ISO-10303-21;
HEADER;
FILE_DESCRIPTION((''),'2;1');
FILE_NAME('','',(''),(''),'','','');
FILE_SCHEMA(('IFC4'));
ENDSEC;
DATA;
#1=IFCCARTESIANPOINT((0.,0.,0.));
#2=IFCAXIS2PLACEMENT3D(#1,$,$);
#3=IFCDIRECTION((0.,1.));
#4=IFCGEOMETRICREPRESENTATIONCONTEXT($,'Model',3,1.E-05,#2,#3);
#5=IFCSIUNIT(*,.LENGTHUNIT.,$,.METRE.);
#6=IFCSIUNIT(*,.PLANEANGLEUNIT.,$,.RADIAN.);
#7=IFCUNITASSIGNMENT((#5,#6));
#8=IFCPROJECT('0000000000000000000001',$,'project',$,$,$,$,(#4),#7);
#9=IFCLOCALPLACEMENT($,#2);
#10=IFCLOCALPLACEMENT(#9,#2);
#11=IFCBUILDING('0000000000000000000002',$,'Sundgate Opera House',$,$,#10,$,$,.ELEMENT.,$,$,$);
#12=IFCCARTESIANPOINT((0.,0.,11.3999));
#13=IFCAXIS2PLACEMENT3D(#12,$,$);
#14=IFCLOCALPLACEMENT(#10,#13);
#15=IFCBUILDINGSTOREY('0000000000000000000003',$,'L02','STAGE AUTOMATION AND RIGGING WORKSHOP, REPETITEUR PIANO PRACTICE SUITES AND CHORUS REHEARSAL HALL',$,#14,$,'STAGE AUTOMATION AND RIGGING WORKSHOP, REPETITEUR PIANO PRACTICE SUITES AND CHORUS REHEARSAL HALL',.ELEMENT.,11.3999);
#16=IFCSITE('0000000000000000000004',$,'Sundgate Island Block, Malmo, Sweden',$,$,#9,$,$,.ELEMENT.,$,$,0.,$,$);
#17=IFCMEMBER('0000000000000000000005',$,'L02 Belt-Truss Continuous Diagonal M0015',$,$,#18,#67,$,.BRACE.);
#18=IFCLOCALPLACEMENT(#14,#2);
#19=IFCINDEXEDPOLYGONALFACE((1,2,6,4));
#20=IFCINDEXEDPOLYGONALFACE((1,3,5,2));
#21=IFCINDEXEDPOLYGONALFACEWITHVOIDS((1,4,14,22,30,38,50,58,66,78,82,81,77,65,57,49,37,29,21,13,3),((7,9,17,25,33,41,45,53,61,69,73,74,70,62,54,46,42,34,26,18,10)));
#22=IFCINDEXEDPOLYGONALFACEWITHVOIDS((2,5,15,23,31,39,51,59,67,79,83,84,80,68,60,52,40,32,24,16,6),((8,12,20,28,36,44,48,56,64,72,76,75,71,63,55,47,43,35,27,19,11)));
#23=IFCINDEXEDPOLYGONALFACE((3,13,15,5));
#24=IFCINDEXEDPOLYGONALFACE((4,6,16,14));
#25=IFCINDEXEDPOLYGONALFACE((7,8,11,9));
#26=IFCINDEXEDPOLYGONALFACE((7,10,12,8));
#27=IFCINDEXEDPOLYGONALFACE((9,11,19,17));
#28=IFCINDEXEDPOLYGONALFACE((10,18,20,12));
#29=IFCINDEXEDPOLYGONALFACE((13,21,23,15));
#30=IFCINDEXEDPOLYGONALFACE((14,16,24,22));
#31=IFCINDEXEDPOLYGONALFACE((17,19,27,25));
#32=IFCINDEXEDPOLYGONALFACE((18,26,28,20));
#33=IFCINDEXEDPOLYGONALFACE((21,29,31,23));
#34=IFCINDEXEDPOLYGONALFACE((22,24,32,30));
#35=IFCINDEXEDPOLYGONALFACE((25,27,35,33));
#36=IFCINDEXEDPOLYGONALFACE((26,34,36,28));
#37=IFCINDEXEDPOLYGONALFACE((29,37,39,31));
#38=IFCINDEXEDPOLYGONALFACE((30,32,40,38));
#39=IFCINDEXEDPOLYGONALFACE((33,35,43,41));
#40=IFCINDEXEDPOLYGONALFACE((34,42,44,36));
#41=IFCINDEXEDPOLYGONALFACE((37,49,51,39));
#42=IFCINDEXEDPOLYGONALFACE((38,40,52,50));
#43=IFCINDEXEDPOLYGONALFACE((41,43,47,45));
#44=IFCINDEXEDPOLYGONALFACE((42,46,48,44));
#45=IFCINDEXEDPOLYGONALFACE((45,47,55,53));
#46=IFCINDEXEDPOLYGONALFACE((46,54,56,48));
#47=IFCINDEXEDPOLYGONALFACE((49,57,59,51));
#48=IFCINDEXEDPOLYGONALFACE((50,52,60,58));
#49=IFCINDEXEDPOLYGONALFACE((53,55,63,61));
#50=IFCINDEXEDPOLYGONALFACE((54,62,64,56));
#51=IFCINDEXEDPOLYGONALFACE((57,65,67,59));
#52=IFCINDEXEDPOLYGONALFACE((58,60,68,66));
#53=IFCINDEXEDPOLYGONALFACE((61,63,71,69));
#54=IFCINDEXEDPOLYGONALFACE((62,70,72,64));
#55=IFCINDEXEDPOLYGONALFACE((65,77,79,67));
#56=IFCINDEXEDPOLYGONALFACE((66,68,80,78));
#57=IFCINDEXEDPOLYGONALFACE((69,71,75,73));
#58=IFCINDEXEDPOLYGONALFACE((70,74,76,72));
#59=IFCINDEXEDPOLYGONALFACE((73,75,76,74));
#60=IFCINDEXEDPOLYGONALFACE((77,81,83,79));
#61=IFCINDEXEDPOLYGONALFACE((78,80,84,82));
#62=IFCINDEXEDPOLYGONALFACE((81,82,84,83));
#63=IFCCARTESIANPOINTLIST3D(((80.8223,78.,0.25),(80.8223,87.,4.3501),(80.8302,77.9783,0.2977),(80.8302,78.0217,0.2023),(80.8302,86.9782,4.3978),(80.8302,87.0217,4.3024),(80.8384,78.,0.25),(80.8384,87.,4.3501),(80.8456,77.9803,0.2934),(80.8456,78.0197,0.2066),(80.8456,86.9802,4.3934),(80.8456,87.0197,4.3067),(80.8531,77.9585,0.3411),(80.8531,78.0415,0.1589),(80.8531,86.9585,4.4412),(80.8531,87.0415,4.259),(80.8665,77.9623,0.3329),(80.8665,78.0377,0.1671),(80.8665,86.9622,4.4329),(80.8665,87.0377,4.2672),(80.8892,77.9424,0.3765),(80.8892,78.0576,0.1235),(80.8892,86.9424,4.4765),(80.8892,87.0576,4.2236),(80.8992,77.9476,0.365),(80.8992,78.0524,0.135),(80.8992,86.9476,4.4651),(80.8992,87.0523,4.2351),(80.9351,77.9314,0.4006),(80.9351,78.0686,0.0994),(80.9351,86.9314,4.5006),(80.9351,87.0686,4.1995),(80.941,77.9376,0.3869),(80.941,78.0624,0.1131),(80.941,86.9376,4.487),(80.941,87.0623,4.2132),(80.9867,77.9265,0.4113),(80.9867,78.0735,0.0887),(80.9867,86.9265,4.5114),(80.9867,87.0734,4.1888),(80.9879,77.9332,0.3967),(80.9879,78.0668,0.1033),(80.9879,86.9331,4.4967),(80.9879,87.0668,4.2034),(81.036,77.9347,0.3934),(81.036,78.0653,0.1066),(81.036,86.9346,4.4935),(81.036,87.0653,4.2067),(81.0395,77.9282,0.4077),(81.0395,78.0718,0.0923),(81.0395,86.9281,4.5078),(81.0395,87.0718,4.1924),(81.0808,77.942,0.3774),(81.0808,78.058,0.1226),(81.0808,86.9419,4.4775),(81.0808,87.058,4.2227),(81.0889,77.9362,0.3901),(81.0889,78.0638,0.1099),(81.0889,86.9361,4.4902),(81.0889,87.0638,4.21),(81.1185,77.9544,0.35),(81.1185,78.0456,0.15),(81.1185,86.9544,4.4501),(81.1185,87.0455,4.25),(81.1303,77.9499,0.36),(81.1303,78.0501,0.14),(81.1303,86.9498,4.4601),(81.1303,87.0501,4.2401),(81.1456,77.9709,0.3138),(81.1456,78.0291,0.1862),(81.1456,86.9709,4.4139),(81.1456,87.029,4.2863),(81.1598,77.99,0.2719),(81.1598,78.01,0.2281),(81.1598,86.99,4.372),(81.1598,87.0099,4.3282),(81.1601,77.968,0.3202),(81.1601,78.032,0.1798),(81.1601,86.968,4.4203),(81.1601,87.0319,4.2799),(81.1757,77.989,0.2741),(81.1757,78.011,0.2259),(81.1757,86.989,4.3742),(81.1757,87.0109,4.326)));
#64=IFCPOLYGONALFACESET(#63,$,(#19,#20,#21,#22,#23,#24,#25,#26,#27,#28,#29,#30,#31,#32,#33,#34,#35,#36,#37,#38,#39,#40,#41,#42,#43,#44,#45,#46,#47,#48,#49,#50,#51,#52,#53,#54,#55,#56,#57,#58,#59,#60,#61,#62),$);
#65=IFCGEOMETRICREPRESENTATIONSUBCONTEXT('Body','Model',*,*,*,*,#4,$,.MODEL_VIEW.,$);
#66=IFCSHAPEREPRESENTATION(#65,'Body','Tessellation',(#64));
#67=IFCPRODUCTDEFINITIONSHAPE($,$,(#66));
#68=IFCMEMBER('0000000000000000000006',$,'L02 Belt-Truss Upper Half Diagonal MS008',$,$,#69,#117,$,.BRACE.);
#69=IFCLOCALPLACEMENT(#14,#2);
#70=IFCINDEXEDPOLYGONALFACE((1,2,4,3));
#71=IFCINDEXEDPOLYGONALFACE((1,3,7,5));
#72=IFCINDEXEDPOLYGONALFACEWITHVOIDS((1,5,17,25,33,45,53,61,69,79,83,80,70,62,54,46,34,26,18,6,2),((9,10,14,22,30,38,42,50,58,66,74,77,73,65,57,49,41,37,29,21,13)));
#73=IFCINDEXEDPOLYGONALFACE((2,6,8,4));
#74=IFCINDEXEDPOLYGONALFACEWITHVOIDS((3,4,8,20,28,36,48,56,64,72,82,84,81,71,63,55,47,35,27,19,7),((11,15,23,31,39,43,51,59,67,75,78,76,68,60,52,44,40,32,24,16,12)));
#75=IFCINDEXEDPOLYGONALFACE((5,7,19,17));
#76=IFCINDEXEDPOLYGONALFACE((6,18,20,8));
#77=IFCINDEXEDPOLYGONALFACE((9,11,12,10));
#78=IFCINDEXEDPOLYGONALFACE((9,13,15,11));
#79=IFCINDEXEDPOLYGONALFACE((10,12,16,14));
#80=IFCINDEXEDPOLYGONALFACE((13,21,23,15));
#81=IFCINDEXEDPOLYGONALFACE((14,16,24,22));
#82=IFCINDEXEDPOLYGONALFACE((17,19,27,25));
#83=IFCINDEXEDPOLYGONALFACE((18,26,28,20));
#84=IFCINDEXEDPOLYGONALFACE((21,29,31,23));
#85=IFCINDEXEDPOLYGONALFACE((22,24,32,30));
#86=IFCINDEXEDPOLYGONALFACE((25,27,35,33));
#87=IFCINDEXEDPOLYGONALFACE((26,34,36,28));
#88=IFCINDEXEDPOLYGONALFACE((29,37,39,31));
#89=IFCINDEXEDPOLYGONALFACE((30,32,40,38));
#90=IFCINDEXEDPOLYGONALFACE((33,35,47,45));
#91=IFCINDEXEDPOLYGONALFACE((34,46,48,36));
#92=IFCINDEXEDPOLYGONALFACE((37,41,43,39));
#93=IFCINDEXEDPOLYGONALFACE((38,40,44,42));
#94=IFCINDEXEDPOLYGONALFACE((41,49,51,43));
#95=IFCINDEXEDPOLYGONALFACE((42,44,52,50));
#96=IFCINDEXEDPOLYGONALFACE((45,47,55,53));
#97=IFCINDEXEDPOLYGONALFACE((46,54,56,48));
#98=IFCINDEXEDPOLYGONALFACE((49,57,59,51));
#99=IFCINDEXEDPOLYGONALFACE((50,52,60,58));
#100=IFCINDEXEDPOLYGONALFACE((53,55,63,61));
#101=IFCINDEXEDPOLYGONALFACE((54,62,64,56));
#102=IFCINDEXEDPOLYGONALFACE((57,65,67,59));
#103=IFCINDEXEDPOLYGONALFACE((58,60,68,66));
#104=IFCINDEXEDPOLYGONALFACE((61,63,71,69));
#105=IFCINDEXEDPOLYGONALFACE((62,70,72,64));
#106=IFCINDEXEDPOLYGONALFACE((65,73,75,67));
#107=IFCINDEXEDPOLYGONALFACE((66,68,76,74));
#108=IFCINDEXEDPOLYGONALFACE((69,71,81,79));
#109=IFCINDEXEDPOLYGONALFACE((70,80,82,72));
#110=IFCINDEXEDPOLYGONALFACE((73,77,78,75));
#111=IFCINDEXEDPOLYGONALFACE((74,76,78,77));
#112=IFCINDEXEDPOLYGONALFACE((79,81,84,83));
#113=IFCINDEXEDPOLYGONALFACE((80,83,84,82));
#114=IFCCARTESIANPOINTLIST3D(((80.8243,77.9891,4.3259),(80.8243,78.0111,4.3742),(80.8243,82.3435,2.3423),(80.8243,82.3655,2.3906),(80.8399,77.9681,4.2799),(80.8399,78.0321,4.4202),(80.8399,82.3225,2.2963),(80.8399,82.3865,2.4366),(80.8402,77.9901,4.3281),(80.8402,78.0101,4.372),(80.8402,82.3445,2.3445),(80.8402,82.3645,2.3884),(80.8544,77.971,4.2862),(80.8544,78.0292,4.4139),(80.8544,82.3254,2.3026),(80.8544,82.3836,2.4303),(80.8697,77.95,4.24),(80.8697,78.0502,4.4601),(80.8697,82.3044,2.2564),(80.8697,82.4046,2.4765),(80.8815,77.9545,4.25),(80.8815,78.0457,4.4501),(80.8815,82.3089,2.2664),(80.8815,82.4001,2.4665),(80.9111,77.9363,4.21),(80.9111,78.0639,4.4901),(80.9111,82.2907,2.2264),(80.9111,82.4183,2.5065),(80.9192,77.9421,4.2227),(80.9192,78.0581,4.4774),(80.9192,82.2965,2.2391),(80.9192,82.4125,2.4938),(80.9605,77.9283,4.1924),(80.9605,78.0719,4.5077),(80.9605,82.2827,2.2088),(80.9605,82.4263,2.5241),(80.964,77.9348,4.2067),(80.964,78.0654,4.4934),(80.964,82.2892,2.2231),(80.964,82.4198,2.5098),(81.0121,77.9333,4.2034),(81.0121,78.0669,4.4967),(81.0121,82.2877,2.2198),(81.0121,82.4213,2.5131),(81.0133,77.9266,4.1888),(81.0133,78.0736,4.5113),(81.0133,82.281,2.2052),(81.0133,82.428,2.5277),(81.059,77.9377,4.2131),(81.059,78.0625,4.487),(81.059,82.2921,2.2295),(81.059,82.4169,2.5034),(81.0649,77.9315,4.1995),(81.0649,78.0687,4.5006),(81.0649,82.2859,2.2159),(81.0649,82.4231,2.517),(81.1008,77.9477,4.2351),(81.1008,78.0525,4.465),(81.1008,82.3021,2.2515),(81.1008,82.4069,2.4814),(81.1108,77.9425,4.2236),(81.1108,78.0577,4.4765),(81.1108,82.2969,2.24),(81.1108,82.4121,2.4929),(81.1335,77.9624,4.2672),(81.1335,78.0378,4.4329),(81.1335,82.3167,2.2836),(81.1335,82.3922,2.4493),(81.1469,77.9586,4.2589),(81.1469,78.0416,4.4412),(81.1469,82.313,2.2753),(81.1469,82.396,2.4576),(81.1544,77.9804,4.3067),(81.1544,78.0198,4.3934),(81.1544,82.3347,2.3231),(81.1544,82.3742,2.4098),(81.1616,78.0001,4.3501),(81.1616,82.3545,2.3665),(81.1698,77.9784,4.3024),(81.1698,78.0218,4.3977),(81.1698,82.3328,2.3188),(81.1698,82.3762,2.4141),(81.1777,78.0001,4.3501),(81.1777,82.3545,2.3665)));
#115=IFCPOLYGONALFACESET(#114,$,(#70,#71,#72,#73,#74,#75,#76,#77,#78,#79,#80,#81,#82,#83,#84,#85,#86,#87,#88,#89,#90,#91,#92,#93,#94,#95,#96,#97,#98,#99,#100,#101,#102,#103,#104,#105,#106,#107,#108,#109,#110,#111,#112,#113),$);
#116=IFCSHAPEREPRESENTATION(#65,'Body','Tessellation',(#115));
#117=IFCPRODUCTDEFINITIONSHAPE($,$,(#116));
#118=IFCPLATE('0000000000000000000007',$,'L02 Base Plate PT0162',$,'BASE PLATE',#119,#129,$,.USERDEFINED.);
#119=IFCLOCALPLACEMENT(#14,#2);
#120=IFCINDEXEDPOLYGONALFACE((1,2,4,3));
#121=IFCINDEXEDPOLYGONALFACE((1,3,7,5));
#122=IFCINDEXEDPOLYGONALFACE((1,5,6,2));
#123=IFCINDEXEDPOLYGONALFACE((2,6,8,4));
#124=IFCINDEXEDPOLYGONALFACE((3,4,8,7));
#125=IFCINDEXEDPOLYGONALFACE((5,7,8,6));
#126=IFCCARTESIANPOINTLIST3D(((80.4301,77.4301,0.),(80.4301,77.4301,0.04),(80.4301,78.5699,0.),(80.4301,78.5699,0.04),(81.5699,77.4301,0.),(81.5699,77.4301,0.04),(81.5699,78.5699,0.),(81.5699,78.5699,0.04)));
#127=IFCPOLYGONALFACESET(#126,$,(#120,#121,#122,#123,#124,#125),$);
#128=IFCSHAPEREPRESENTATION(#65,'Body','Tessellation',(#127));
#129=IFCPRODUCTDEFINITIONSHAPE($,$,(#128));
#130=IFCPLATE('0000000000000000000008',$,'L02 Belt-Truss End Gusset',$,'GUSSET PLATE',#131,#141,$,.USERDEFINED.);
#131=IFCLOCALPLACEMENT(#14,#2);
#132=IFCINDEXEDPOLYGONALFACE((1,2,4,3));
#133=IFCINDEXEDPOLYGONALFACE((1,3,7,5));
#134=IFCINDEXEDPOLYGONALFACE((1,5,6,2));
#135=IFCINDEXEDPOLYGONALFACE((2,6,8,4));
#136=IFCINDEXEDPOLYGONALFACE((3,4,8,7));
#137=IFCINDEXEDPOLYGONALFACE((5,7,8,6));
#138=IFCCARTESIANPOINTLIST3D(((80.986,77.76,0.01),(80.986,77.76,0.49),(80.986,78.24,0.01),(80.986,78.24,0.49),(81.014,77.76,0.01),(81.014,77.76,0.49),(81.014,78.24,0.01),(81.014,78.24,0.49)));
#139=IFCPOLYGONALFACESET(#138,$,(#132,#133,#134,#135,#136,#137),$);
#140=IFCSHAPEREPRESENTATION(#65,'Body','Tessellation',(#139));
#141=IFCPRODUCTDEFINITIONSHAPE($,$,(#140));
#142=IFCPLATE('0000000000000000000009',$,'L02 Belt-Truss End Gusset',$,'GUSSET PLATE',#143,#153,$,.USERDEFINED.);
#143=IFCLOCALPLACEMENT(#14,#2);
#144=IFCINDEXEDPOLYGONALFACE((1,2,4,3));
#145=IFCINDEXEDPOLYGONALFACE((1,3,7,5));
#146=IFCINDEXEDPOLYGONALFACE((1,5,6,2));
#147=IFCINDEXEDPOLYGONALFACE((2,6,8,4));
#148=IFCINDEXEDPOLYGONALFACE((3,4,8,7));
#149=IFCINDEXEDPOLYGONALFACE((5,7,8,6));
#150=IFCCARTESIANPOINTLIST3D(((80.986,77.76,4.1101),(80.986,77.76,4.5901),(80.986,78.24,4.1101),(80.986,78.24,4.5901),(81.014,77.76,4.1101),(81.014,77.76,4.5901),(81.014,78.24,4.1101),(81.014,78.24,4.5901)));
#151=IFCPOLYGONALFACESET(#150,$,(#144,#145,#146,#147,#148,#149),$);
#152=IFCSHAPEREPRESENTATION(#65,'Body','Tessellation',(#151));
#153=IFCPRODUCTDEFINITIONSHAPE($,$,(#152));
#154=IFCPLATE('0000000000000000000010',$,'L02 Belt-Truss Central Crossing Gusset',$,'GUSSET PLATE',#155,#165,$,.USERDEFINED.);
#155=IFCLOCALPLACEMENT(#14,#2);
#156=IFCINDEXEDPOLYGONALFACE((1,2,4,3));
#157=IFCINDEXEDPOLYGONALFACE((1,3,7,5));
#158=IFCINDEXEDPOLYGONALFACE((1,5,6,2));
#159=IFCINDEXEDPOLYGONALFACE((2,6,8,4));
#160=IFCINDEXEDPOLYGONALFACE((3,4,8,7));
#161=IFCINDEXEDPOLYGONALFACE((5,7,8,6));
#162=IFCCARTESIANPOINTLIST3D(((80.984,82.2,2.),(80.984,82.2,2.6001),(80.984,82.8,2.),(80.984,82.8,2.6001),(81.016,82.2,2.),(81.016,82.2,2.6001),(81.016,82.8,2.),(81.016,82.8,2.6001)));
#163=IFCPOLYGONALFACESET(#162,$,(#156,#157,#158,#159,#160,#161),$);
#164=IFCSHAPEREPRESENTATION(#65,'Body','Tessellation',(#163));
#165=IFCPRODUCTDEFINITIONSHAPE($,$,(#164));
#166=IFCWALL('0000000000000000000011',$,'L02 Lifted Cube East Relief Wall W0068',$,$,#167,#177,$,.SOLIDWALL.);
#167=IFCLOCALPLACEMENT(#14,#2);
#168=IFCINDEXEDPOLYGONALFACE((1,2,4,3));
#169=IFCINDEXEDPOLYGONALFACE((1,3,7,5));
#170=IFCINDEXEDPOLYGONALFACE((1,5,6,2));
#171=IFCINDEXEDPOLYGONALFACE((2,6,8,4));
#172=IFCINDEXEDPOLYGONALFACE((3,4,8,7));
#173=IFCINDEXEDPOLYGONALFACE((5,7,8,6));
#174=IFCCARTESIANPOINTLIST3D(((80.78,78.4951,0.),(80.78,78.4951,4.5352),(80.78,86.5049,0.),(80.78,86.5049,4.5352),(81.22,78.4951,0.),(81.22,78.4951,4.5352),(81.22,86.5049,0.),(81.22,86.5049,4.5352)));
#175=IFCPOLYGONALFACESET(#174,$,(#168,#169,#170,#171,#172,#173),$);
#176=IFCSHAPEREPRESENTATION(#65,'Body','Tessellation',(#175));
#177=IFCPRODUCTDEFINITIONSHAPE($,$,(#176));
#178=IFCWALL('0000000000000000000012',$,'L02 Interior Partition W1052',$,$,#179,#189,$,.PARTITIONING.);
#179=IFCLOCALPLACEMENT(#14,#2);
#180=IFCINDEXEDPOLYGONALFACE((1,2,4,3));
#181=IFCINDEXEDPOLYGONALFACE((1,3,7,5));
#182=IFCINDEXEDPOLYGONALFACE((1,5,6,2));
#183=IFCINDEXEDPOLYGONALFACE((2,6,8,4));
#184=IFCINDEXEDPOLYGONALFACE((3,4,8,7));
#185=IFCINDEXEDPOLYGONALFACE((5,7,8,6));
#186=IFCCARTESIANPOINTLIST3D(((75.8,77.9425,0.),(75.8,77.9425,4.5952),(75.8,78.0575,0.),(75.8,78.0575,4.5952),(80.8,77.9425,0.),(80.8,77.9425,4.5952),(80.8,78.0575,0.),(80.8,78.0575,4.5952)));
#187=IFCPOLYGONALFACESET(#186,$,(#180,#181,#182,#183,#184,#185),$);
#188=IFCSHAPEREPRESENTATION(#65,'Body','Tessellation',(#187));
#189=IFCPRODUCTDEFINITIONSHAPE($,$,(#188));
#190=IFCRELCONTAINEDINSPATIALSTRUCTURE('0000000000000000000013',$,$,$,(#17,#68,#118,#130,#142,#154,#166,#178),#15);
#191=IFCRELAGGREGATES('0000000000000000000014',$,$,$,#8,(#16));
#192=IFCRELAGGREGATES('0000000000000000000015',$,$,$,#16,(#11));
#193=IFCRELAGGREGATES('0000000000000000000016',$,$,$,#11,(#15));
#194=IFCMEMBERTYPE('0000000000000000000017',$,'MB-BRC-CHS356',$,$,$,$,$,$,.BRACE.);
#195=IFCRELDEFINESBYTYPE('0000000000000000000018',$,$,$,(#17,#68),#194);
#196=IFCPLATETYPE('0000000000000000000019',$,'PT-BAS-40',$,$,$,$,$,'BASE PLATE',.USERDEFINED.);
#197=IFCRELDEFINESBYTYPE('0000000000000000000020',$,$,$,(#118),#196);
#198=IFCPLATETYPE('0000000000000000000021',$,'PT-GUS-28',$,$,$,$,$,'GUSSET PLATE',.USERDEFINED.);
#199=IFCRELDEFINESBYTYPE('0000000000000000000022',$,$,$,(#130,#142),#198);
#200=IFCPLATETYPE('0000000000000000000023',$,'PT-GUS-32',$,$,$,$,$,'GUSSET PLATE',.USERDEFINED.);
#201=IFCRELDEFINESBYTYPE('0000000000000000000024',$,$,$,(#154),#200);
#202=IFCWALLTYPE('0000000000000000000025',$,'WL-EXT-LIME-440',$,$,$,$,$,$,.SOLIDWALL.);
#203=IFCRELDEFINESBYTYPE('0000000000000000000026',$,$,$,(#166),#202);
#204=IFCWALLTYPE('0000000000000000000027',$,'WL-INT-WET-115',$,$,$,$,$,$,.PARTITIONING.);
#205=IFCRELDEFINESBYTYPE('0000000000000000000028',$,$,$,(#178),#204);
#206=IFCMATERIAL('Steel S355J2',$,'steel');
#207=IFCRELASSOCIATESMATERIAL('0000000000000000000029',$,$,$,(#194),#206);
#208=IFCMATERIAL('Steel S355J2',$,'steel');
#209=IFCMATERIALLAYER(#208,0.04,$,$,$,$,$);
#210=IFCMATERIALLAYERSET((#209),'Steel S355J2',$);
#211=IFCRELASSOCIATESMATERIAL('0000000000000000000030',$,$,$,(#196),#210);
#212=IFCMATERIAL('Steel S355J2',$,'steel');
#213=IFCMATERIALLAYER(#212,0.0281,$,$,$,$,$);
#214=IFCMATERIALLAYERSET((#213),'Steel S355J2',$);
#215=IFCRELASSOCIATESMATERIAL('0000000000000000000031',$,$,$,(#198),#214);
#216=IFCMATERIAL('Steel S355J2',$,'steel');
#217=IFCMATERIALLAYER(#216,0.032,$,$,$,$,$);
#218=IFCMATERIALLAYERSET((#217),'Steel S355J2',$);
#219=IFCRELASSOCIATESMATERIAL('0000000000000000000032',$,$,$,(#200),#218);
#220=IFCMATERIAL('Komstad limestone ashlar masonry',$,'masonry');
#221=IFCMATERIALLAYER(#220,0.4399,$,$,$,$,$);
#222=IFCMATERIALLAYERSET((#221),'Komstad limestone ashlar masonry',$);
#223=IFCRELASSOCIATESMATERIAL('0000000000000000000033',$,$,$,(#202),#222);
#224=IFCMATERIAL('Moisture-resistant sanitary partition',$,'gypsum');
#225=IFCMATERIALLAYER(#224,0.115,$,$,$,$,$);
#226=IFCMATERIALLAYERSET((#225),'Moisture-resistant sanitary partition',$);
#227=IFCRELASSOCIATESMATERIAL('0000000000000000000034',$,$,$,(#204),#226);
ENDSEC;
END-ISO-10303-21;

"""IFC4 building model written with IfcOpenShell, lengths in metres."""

from ifc_helpers import new_model, si_unit, direction, frame, frame_2d, origin, origin_2d, place, context, subcontext, project, spatial, rectangle, hollow_circle, extrude, material, layer, layer_set, material_profile, profile_set, type_object, element, save


model = new_model("IFC4")

# Units and contexts
model_context = context("Model", 3, precision=1e-05, world=origin(), true_north=direction((0.0, 1.0)))
body_context = subcontext(model_context, "Body", "Model", "MODEL_VIEW")
ifc_project = project(units=[si_unit("LENGTHUNIT", "METRE"), si_unit("PLANEANGLEUNIT", "RADIAN")], contexts=[model_context])

# Site, building, storey
site_placement = place(None, origin())
site = spatial("IfcSite", under=ifc_project, at=site_placement, Name="Sundgate Island Block, Malmo, Sweden", CompositionType="ELEMENT", RefElevation=0.0)
building_placement = place(site_placement, origin())
building = spatial("IfcBuilding", under=site, at=building_placement, Name="Sundgate Opera House", CompositionType="ELEMENT")
storey_placement = place(building_placement, frame((0.0, 0.0, 11.3999)))
storey = spatial("IfcBuildingStorey", under=building, at=storey_placement, Name="L02", Description="STAGE AUTOMATION AND RIGGING WORKSHOP, REPETITEUR PIANO PRACTICE SUITES AND CHORUS REHEARSAL HALL", LongName="STAGE AUTOMATION AND RIGGING WORKSHOP, REPETITEUR PIANO PRACTICE SUITES AND CHORUS REHEARSAL HALL", CompositionType="ELEMENT", Elevation=11.3999)

# Members
ifc_material_1 = material(Name="Steel S355J2", Category="steel")
ifc_material_profile_1 = material_profile(ifc_material_1, hollow_circle(Radius=0.1777, WallThickness=0.0161, at=origin_2d()), Name="CHS 355.6x16.0")
ifc_profile_set_1 = profile_set([ifc_material_profile_1], Name="Steel S355J2")
member_type_1 = type_object("IfcMemberType", Name="MB-BRC-CHS356", PredefinedType="BRACE", material=ifc_profile_set_1)
member_1_placement = place(storey_placement, frame((81.0, 78.0, 0.25), z_axis=(0.0, 0.910016, 0.414573), x_axis=(-1.0, 0.0, 0.0)))
element("IfcMember", 1, at=member_1_placement, inside=storey, type_object=member_type_1, Name="L02 Belt-Truss Continuous Diagonal M0015", PredefinedType="BRACE", context=body_context, shape_type="SweptSolid", body=[
    extrude(hollow_circle(Radius=0.1777, WallThickness=0.0161, at=origin_2d()), origin(), (0.0, 0.0, 1.0), 9.8899),
])
member_2_placement = place(storey_placement, frame((81.0, 82.3545, 2.3665), z_axis=(0.0, -0.910025, 0.414552), x_axis=(1.0, 0.0, 0.0)))
element("IfcMember", 2, at=member_2_placement, inside=storey, type_object=member_type_1, Name="L02 Belt-Truss Upper Half Diagonal MS008", PredefinedType="BRACE", context=body_context, shape_type="SweptSolid", body=[
    extrude(hollow_circle(Radius=0.1777, WallThickness=0.0161, at=origin_2d()), origin(), (0.0, 0.0, 1.0), 4.7849),
])

# Plates
ifc_material_2 = material(Name="Steel S355J2", Category="steel")
ifc_layer_1 = layer(ifc_material_2, 0.04)
ifc_layer_set_1 = layer_set([ifc_layer_1], Name="Steel S355J2")
plate_type_1 = type_object("IfcPlateType", Name="PT-BAS-40", ElementType="BASE PLATE", PredefinedType="USERDEFINED", material=ifc_layer_set_1)
plate_1_placement = place(storey_placement, frame((81.0, 78.0, 0.0), z_axis=(0.0, 0.0, 1.0), x_axis=(1.0, 0.0, 0.0)))
element("IfcPlate", 3, at=plate_1_placement, inside=storey, type_object=plate_type_1, Name="L02 Base Plate PT0162", ObjectType="BASE PLATE", PredefinedType="USERDEFINED", context=body_context, shape_type="SweptSolid", body=[
    extrude(rectangle(XDim=1.1399, YDim=1.1399, at=origin_2d()), origin(), (0.0, 0.0, 1.0), 0.04),
])
ifc_material_3 = material(Name="Steel S355J2", Category="steel")
ifc_layer_2 = layer(ifc_material_3, 0.0281)
ifc_layer_set_2 = layer_set([ifc_layer_2], Name="Steel S355J2")
plate_type_2 = type_object("IfcPlateType", Name="PT-GUS-28", ElementType="GUSSET PLATE", PredefinedType="USERDEFINED", material=ifc_layer_set_2)
for number, where, z_axis, x_axis, name in (
    (4, (81.0, 78.0, 0.01), (0.0, 0.0, 1.0), (1.0, 0.0, 0.0), "L02 Belt-Truss End Gusset"),
    (5, (81.0, 78.0, 4.1101), (0.0, 0.0, 1.0), (1.0, 0.0, 0.0), "L02 Belt-Truss End Gusset"),
):
    element("IfcPlate", number, at=place(storey_placement, frame(where, z_axis=z_axis, x_axis=x_axis)), inside=storey, type_object=plate_type_2, Name=name, ObjectType="GUSSET PLATE", PredefinedType="USERDEFINED", context=body_context, shape_type="SweptSolid", body=[
        extrude(rectangle(XDim=0.0281, YDim=0.48, at=origin_2d()), origin(), (0.0, 0.0, 1.0), 0.48),
    ])
ifc_material_4 = material(Name="Steel S355J2", Category="steel")
ifc_layer_3 = layer(ifc_material_4, 0.032)
ifc_layer_set_3 = layer_set([ifc_layer_3], Name="Steel S355J2")
plate_type_3 = type_object("IfcPlateType", Name="PT-GUS-32", ElementType="GUSSET PLATE", PredefinedType="USERDEFINED", material=ifc_layer_set_3)
plate_2_placement = place(storey_placement, frame((81.0, 82.5, 2.0), z_axis=(0.0, 0.0, 1.0), x_axis=(1.0, 0.0, 0.0)))
element("IfcPlate", 6, at=plate_2_placement, inside=storey, type_object=plate_type_3, Name="L02 Belt-Truss Central Crossing Gusset", ObjectType="GUSSET PLATE", PredefinedType="USERDEFINED", context=body_context, shape_type="SweptSolid", body=[
    extrude(rectangle(XDim=0.032, YDim=0.6001, at=origin_2d()), origin(), (0.0, 0.0, 1.0), 0.6001),
])

# Walls
ifc_material_5 = material(Name="Komstad limestone ashlar masonry", Category="masonry")
ifc_layer_4 = layer(ifc_material_5, 0.4399)
ifc_layer_set_4 = layer_set([ifc_layer_4], Name="Komstad limestone ashlar masonry")
wall_type_1 = type_object("IfcWallType", Name="WL-EXT-LIME-440", PredefinedType="SOLIDWALL", material=ifc_layer_set_4)
wall_1_placement = place(storey_placement, frame((81.0, 78.4951, 0.0), z_axis=(0.0, 0.0, 1.0), x_axis=(0.0, 1.0, 0.0)))
element("IfcWall", 7, at=wall_1_placement, inside=storey, type_object=wall_type_1, Name="L02 Lifted Cube East Relief Wall W0068", PredefinedType="SOLIDWALL", context=body_context, shape_type="SweptSolid", body=[
    extrude(rectangle(XDim=8.0098, YDim=0.4399, at=frame_2d((4.0049, 0.0))), origin(), (0.0, 0.0, 1.0), 4.5352),
])
ifc_material_6 = material(Name="Moisture-resistant sanitary partition", Category="gypsum")
ifc_layer_5 = layer(ifc_material_6, 0.115)
ifc_layer_set_5 = layer_set([ifc_layer_5], Name="Moisture-resistant sanitary partition")
wall_type_2 = type_object("IfcWallType", Name="WL-INT-WET-115", PredefinedType="PARTITIONING", material=ifc_layer_set_5)
wall_2_placement = place(storey_placement, frame((75.8, 78.0, 0.0), z_axis=(0.0, 0.0, 1.0), x_axis=(1.0, 0.0, 0.0)))
element("IfcWall", 8, at=wall_2_placement, inside=storey, type_object=wall_type_2, Name="L02 Interior Partition W1052", PredefinedType="PARTITIONING", context=body_context, shape_type="SweptSolid", body=[
    extrude(rectangle(XDim=5.0, YDim=0.115, at=frame_2d((2.5, 0.0))), origin(), (0.0, 0.0, 1.0), 4.5952),
])

save(model, "model.ifc")
